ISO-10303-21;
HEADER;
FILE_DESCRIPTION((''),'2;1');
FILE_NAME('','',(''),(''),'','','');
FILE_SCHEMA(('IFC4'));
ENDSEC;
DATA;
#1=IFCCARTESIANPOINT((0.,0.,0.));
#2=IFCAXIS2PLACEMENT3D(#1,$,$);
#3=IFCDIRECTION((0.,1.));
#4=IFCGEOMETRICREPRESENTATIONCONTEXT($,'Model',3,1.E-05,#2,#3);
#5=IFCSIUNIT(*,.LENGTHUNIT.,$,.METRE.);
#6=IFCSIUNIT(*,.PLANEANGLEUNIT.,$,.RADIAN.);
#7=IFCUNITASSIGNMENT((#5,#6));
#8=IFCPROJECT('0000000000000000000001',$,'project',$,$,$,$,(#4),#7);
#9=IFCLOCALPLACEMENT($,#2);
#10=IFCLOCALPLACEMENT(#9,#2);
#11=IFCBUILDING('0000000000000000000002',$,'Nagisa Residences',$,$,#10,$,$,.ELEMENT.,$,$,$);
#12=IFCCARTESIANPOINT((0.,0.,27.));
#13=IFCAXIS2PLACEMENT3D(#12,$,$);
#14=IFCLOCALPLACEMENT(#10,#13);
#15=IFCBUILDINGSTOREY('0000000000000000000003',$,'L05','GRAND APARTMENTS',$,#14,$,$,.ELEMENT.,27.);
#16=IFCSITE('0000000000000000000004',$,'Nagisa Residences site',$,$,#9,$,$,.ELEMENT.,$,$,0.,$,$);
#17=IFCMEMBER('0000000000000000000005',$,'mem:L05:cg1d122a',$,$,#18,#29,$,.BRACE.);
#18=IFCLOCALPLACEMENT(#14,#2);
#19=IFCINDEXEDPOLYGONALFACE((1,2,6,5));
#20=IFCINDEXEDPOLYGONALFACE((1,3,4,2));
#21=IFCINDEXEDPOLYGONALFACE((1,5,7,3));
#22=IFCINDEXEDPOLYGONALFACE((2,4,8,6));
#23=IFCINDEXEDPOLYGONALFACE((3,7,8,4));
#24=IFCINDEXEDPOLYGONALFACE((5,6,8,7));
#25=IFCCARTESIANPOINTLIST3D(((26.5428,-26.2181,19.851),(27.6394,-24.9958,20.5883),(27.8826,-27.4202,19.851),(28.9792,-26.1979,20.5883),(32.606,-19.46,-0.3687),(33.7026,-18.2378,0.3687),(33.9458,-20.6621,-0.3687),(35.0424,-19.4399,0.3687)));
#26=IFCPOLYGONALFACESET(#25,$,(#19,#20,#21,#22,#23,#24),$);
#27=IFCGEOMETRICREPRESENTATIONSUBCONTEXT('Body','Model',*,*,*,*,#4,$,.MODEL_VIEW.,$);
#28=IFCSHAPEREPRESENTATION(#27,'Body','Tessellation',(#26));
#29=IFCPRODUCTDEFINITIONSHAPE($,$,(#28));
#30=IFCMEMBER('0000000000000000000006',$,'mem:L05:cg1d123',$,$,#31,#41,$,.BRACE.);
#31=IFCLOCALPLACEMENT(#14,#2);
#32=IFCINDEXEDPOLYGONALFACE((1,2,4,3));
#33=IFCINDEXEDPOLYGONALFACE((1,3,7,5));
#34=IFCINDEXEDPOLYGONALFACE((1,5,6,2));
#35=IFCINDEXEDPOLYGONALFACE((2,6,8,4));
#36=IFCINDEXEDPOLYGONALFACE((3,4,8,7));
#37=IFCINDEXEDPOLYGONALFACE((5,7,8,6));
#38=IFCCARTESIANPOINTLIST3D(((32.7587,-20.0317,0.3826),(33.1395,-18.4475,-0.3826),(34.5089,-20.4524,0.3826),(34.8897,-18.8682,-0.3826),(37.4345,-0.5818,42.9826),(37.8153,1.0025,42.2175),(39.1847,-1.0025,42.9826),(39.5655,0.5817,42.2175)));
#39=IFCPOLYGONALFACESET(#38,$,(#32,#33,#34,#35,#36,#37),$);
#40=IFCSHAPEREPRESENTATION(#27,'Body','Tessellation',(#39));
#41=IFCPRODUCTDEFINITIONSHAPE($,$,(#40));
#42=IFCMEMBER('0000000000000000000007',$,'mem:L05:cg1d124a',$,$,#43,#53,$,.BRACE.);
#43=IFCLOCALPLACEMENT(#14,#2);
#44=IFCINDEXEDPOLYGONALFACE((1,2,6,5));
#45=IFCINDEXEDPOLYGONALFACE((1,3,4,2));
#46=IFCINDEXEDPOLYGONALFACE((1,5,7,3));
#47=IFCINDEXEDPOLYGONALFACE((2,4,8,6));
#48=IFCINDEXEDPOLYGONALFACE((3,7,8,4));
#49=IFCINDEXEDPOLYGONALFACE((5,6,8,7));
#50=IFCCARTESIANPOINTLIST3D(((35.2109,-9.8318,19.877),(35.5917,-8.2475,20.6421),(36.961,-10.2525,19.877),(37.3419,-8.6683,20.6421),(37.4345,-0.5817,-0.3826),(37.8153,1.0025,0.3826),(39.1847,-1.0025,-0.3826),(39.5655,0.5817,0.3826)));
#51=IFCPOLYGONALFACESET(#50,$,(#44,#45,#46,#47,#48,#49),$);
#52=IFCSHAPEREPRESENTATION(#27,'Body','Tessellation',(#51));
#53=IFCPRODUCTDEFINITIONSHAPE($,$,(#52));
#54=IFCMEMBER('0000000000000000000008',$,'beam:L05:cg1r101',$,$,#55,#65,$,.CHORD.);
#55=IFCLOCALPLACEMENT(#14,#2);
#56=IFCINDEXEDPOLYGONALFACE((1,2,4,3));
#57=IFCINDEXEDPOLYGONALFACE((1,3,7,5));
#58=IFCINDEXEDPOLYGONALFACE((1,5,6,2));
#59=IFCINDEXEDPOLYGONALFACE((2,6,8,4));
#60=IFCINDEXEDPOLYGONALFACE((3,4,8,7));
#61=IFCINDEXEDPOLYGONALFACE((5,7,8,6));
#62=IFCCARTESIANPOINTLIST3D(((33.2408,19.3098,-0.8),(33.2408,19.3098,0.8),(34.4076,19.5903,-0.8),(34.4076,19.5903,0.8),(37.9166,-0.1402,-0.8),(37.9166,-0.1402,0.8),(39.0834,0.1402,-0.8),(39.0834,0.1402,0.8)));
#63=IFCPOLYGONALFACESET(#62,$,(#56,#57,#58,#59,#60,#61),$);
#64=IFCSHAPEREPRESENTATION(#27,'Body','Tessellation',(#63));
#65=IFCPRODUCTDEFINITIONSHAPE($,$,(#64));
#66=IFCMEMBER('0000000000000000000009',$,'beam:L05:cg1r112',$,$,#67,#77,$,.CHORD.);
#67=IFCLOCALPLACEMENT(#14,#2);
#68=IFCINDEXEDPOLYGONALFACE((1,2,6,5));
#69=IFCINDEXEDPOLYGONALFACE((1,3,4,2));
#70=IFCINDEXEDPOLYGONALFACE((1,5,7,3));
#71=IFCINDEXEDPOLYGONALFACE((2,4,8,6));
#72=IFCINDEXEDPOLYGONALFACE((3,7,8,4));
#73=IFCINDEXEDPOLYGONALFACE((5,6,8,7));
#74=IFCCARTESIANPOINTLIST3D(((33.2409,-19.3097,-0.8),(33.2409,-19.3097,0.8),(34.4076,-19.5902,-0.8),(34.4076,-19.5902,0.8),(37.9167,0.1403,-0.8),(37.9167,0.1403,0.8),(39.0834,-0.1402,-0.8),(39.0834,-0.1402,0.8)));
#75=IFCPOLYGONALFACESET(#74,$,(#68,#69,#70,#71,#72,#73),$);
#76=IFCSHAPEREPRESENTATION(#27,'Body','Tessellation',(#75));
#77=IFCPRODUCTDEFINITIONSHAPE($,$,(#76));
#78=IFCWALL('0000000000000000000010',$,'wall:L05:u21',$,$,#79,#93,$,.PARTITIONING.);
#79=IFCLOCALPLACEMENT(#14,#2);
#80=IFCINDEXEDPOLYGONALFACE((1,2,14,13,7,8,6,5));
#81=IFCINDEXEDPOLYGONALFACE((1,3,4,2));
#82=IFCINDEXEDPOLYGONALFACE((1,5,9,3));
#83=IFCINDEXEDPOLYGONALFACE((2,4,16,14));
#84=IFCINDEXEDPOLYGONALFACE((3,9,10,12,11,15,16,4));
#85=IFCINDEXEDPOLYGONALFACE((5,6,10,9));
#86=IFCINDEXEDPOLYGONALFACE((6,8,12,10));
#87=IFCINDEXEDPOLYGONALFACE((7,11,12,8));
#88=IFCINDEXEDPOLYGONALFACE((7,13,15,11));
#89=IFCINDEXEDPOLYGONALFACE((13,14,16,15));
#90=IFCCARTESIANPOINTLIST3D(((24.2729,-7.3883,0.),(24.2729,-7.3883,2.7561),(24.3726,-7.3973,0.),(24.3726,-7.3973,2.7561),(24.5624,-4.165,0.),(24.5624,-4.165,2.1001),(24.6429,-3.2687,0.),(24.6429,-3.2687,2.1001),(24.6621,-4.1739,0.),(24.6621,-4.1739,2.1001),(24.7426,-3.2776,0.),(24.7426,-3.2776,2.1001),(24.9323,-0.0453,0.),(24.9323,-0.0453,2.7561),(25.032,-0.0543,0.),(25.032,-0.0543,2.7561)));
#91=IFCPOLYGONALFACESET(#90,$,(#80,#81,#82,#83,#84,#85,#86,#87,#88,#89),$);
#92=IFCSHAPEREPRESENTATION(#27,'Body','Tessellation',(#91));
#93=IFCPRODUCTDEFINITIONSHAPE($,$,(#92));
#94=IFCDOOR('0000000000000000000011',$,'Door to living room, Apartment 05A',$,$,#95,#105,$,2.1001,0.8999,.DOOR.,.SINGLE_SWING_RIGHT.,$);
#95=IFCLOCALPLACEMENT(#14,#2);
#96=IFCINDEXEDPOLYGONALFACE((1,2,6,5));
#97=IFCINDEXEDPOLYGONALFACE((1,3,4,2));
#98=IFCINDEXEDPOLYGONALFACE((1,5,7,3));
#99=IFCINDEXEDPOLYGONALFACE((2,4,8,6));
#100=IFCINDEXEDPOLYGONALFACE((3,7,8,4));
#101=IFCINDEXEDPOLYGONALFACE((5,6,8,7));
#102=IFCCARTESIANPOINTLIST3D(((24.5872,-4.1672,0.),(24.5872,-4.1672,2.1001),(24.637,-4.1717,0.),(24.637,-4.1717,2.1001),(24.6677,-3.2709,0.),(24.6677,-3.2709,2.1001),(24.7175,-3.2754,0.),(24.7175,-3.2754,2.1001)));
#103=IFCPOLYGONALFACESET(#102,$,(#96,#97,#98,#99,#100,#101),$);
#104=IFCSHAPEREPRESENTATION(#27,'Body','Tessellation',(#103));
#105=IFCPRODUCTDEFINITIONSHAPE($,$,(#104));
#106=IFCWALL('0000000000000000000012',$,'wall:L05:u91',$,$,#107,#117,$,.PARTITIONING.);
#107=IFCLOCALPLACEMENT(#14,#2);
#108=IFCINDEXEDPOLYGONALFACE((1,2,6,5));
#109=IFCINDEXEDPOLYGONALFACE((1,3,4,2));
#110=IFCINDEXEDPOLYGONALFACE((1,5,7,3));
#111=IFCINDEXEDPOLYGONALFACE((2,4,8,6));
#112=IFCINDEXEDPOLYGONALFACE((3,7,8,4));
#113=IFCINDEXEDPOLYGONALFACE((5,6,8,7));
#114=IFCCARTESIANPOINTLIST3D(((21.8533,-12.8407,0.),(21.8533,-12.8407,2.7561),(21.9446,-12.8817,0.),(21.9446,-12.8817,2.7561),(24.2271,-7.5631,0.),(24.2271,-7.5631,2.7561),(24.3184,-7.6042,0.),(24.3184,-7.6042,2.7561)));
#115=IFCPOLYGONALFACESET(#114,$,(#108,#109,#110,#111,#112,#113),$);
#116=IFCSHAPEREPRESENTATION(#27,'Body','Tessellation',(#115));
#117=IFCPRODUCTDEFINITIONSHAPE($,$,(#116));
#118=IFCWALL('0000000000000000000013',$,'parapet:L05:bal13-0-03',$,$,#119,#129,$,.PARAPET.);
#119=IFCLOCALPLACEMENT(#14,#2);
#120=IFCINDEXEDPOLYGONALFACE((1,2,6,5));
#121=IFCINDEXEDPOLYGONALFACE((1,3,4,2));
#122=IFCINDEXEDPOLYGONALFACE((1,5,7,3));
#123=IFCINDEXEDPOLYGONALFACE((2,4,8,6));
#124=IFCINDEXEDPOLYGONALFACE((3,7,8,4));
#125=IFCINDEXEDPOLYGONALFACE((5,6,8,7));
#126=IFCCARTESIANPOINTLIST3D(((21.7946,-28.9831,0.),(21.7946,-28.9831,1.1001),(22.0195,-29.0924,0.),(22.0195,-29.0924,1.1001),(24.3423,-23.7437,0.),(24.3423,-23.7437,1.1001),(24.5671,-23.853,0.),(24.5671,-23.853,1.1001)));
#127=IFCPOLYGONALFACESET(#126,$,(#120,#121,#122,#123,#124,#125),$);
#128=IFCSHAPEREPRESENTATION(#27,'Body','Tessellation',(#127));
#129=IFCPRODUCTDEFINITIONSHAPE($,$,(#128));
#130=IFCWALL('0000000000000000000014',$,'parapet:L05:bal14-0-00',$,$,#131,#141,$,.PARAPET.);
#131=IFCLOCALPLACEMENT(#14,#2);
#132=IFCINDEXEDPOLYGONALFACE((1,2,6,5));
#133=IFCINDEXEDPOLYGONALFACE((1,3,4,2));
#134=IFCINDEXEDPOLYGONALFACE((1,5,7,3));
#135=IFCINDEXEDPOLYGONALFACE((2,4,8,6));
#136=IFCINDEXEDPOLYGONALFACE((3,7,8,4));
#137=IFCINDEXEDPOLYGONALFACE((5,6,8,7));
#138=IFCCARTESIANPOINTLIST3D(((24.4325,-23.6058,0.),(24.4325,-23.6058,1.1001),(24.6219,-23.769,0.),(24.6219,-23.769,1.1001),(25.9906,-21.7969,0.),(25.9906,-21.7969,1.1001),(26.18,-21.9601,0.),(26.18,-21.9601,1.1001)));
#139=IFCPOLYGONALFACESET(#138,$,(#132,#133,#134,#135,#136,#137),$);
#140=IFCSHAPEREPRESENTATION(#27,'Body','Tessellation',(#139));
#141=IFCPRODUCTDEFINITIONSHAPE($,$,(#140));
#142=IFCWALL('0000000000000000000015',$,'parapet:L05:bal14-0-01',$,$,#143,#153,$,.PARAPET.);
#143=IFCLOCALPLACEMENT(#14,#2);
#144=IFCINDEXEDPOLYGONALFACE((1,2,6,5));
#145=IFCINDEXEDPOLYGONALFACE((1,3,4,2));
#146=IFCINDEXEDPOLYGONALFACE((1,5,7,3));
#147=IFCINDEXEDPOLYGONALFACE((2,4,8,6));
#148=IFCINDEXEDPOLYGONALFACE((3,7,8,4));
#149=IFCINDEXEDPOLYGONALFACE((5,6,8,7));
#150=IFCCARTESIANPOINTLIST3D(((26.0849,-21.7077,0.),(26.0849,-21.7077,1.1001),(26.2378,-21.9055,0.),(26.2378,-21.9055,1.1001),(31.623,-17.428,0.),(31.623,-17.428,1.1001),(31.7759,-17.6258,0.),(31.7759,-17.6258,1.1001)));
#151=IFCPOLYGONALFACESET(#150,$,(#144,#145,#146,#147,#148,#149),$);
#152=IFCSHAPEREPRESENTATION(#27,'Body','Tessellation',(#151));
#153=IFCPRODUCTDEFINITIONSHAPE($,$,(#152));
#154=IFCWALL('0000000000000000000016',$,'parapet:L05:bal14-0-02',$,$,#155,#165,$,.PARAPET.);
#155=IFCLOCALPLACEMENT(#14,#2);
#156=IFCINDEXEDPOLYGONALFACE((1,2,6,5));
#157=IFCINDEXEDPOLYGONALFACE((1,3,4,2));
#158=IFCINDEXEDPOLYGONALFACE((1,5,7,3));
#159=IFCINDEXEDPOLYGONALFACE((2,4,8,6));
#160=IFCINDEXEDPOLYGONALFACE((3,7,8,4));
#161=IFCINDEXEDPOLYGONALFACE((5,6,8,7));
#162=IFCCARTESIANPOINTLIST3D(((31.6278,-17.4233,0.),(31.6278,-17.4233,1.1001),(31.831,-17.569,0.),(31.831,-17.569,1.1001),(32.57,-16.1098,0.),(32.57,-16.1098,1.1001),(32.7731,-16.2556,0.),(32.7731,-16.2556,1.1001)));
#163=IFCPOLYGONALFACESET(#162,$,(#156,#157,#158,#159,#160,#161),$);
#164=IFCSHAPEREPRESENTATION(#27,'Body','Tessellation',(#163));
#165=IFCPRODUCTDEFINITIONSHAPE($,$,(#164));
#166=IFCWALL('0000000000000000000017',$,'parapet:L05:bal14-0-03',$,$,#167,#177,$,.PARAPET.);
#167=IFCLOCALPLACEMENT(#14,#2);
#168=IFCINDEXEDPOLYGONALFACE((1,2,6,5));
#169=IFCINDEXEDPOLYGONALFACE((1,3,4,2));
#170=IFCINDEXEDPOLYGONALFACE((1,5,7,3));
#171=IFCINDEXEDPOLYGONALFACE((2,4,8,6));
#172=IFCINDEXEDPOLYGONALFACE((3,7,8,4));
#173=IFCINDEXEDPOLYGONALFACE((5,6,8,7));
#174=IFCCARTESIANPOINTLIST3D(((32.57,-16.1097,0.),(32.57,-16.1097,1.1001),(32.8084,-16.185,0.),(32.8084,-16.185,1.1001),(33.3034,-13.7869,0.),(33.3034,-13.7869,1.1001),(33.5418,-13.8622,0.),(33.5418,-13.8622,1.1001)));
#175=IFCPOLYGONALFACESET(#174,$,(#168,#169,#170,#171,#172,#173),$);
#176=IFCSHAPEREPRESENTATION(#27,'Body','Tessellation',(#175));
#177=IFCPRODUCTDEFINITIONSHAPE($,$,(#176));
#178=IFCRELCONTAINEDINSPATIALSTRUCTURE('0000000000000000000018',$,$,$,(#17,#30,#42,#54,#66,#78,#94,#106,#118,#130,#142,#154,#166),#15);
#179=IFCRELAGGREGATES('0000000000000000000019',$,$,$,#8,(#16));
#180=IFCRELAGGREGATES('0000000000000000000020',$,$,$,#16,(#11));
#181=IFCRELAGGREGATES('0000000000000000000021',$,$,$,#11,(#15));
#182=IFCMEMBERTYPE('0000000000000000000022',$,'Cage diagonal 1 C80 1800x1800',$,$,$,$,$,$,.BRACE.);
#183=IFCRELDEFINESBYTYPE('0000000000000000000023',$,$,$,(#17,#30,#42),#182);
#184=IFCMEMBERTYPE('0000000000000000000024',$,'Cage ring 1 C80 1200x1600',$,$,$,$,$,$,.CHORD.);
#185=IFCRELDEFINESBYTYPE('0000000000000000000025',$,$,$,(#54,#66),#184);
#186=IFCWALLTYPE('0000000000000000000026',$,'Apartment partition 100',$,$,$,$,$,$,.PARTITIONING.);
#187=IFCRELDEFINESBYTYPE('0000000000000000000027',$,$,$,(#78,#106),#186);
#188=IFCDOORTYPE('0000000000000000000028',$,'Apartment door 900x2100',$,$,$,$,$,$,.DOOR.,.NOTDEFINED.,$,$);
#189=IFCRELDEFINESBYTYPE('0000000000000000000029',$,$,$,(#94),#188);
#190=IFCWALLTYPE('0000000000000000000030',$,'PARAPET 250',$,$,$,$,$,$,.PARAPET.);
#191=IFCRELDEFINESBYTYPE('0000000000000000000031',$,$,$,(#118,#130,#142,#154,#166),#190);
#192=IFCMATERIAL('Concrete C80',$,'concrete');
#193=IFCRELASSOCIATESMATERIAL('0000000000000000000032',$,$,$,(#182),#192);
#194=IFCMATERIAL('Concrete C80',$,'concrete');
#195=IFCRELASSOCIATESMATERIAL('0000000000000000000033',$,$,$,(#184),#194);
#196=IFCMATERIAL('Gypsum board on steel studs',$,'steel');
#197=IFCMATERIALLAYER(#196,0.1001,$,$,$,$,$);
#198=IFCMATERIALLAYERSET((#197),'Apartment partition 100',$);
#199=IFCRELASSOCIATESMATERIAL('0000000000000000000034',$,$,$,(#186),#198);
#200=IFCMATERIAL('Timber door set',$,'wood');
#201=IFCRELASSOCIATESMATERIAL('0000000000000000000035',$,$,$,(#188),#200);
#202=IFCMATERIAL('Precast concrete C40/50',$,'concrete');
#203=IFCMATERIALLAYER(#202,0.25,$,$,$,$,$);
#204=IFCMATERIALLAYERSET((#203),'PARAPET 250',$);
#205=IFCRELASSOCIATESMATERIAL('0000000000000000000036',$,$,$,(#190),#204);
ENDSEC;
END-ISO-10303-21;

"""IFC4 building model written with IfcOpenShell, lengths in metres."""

from ifc_helpers import new_model, si_unit, direction, frame, frame_2d, origin, origin_2d, place, context, subcontext, project, spatial, rectangle, extrude, material, layer, layer_set, material_profile, profile_set, type_object, element, fill, save


model = new_model("IFC4")

# Units and contexts
model_context = context("Model", 3, precision=1e-05, world=origin(), true_north=direction((0.0, 1.0)))
body_context = subcontext(model_context, "Body", "Model", "MODEL_VIEW")
ifc_project = project(units=[si_unit("LENGTHUNIT", "METRE"), si_unit("PLANEANGLEUNIT", "RADIAN")], contexts=[model_context])

# Site, building, storey
site_placement = place(None, origin())
site = spatial("IfcSite", under=ifc_project, at=site_placement, Name="Nagisa Residences site", CompositionType="ELEMENT", RefElevation=0.0)
building_placement = place(site_placement, origin())
building = spatial("IfcBuilding", under=site, at=building_placement, Name="Nagisa Residences", CompositionType="ELEMENT")
storey_placement = place(building_placement, frame((0.0, 0.0, 27.0)))
storey = spatial("IfcBuildingStorey", under=building, at=storey_placement, Name="L05", Description="GRAND APARTMENTS", CompositionType="ELEMENT", Elevation=27.0)

# Members
ifc_material_1 = material(Name="Concrete C80", Category="concrete")
ifc_material_profile_1 = material_profile(ifc_material_1, rectangle(XDim=1.8, YDim=1.8, at=origin_2d()), Name="C80 1800x1800")
ifc_profile_set_1 = profile_set([ifc_material_profile_1], Name="Concrete C80")
member_type_1 = type_object("IfcMemberType", Name="Cage diagonal 1 C80 1800x1800", PredefinedType="BRACE", material=ifc_profile_set_1)
member_1_placement = place(storey_placement, frame((33.8242, -19.45, 0.0), z_axis=(-0.273554, -0.304903, 0.912251), x_axis=(0.744335, -0.667807, 0.0)))
element("IfcMember", 1, at=member_1_placement, inside=storey, type_object=member_type_1, Name="mem:L05:cg1d122a", PredefinedType="BRACE", context=body_context, shape_type="SweptSolid", body=[
    extrude(rectangle(XDim=1.8, YDim=1.8, at=origin_2d()), origin(), (0.0, 0.0, 1.0), 22.1646),
])
member_2_placement = place(storey_placement, frame((33.8242, -19.45, 0.0), z_axis=(0.099351, 0.413274, 0.905171), x_axis=(-0.972299, 0.233741, 0.0)))
element("IfcMember", 2, at=member_2_placement, inside=storey, type_object=member_type_1, Name="mem:L05:cg1d123", PredefinedType="BRACE", context=body_context, shape_type="SweptSolid", body=[
    extrude(rectangle(XDim=1.8, YDim=1.8, at=origin_2d()), origin(), (0.0, 0.0, 1.0), 47.063),
])
member_3_placement = place(storey_placement, frame((38.5, 0.0, 0.0), z_axis=(-0.099349, -0.413278, 0.905169), x_axis=(0.972301, -0.233734, 0.0)))
element("IfcMember", 3, at=member_3_placement, inside=storey, type_object=member_type_1, Name="mem:L05:cg1d124a", PredefinedType="BRACE", context=body_context, shape_type="SweptSolid", body=[
    extrude(rectangle(XDim=1.8, YDim=1.8, at=origin_2d()), origin(), (0.0, 0.0, 1.0), 22.3821),
])
ifc_material_2 = material(Name="Concrete C80", Category="concrete")
ifc_material_profile_2 = material_profile(ifc_material_2, rectangle(XDim=1.2, YDim=1.6001, at=origin_2d()), Name="C80 1200x1600")
ifc_profile_set_2 = profile_set([ifc_material_profile_2], Name="Concrete C80")
member_type_2 = type_object("IfcMemberType", Name="Cage ring 1 C80 1200x1600", PredefinedType="CHORD", material=ifc_profile_set_2)
for number, where, z_axis, x_axis, name in (
    (4, (38.5, 0.0, 0.0), (-0.233741, 0.972299, 0.0), (-0.972299, -0.233741, 0.0), "beam:L05:cg1r101"),
    (5, (33.8242, -19.45, 0.0), (0.233741, 0.972299, 0.0), (-0.972299, 0.233741, 0.0), "beam:L05:cg1r112"),
):
    element("IfcMember", number, at=place(storey_placement, frame(where, z_axis=z_axis, x_axis=x_axis)), inside=storey, type_object=member_type_2, Name=name, PredefinedType="CHORD", context=body_context, shape_type="SweptSolid", body=[
        extrude(rectangle(XDim=1.2, YDim=1.6001, at=origin_2d()), origin(), (0.0, 0.0, 1.0), 20.0042),
    ])

# Wall, opening, door
ifc_material_3 = material(Name="Gypsum board on steel studs", Category="steel")
ifc_layer_1 = layer(ifc_material_3, 0.1001)
ifc_layer_set_1 = layer_set([ifc_layer_1], Name="Apartment partition 100")
wall_type_1 = type_object("IfcWallType", Name="Apartment partition 100", PredefinedType="PARTITIONING", material=ifc_layer_set_1)
wall_1_placement = place(storey_placement, frame((24.9822, -0.0498, 0.0), z_axis=(0.0, 0.0, 1.0), x_axis=(-0.089443, -0.995992, 0.0)))
wall_1 = element("IfcWall", 6, at=wall_1_placement, inside=storey, type_object=wall_type_1, Name="wall:L05:u21", PredefinedType="PARTITIONING", context=body_context, shape_type="SweptSolid", body=[
    extrude(rectangle(XDim=7.3726, YDim=0.1001, at=frame_2d((3.6863, 0.0))), origin(), (0.0, 0.0, 1.0), 2.7561),
])
opening_1_placement = place(wall_1_placement, frame((3.2363, 0.0, 0.0)))
opening_1 = element("IfcOpeningElement", 7, at=opening_1_placement, cuts=wall_1, PredefinedType="OPENING", context=body_context, shape_type="SweptSolid", body=[
    extrude(rectangle(XDim=0.8999, YDim=2.1001, at=frame_2d((0.45, 1.05))), frame((0.0, 0.0601, 0.0), z_axis=(0.0, -1.0, 0.0), x_axis=(1.0, 0.0, 0.0)), (0.0, 0.0, 1.0), 0.1201),
])
ifc_material_4 = material(Name="Timber door set", Category="wood")
door_type_1 = type_object("IfcDoorType", Name="Apartment door 900x2100", OperationType="NOTDEFINED", PredefinedType="DOOR", material=ifc_material_4)
door_1_placement = place(opening_1_placement, origin())
door_1 = element("IfcDoor", 8, at=door_1_placement, inside=storey, type_object=door_type_1, Name="Door to living room, Apartment 05A", OperationType="SINGLE_SWING_RIGHT", OverallHeight=2.1001, OverallWidth=0.8999, PredefinedType="DOOR", context=body_context, shape_type="SweptSolid", body=[
    extrude(rectangle(XDim=0.8999, YDim=2.1001, at=frame_2d((0.45, 1.05))), frame((0.0, 0.0249, 0.0), z_axis=(0.0, -1.0, 0.0), x_axis=(1.0, 0.0, 0.0)), (0.0, 0.0, 1.0), 0.05),
])
fill(opening_1, door_1)

# Wall
wall_2_placement = place(storey_placement, frame((21.8989, -12.8613, 0.0), z_axis=(0.0, 0.0, 1.0), x_axis=(0.410202, 0.911995, 0.0)))
element("IfcWall", 9, at=wall_2_placement, inside=storey, type_object=wall_type_1, Name="wall:L05:u91", PredefinedType="PARTITIONING", context=body_context, shape_type="SweptSolid", body=[
    extrude(rectangle(XDim=5.7869, YDim=0.1001, at=frame_2d((2.8936, 0.0))), origin(), (0.0, 0.0, 1.0), 2.7561),
])

# Walls
ifc_material_5 = material(Name="Precast concrete C40/50", Category="concrete")
ifc_layer_2 = layer(ifc_material_5, 0.25)
ifc_layer_set_2 = layer_set([ifc_layer_2], Name="PARAPET 250")
wall_type_2 = type_object("IfcWallType", Name="PARAPET 250", PredefinedType="PARAPET", material=ifc_layer_set_2)
wall_3_placement = place(storey_placement, frame((21.907, -29.0378, 0.0), z_axis=(0.0, 0.0, 1.0), x_axis=(0.437296, 0.899317, 0.0)))
element("IfcWall", 10, at=wall_3_placement, inside=storey, type_object=wall_type_2, Name="parapet:L05:bal13-0-03", PredefinedType="PARAPET", context=body_context, shape_type="SweptSolid", body=[
    extrude(rectangle(XDim=5.8259, YDim=0.25, at=frame_2d((2.9131, 0.0))), origin(), (0.0, 0.0, 1.0), 1.1001),
])
wall_4_placement = place(storey_placement, frame((24.5271, -23.6875, 0.0), z_axis=(0.0, 0.0, 1.0), x_axis=(0.652642, 0.757666, 0.0)))
element("IfcWall", 11, at=wall_4_placement, inside=storey, type_object=wall_type_2, Name="parapet:L05:bal14-0-00", PredefinedType="PARAPET", context=body_context, shape_type="SweptSolid", body=[
    extrude(rectangle(XDim=2.3875, YDim=0.25, at=frame_2d((1.1938, 0.0))), origin(), (0.0, 0.0, 1.0), 1.1001),
])
wall_5_placement = place(storey_placement, frame((26.1614, -21.8066, 0.0), z_axis=(0.0, 0.0, 1.0), x_axis=(0.79126, 0.611479, 0.0)))
element("IfcWall", 12, at=wall_5_placement, inside=storey, type_object=wall_type_2, Name="parapet:L05:bal14-0-01", PredefinedType="PARAPET", context=body_context, shape_type="SweptSolid", body=[
    extrude(rectangle(XDim=6.999, YDim=0.25, at=frame_2d((3.4995, 0.0))), origin(), (0.0, 0.0, 1.0), 1.1001),
])
wall_6_placement = place(storey_placement, frame((31.7295, -17.4961, 0.0), z_axis=(0.0, 0.0, 1.0), x_axis=(0.582852, 0.812579, 0.0)))
element("IfcWall", 13, at=wall_6_placement, inside=storey, type_object=wall_type_2, Name="parapet:L05:bal14-0-02", PredefinedType="PARAPET", context=body_context, shape_type="SweptSolid", body=[
    extrude(rectangle(XDim=1.6165, YDim=0.25, at=frame_2d((0.8081, 0.0))), origin(), (0.0, 0.0, 1.0), 1.1001),
])
wall_7_placement = place(storey_placement, frame((32.6892, -16.1472, 0.0), z_axis=(0.0, 0.0, 1.0), x_axis=(0.301093, 0.953595, 0.0)))
element("IfcWall", 14, at=wall_7_placement, inside=storey, type_object=wall_type_2, Name="parapet:L05:bal14-0-03", PredefinedType="PARAPET", context=body_context, shape_type="SweptSolid", body=[
    extrude(rectangle(XDim=2.4358, YDim=0.25, at=frame_2d((1.2178, 0.0))), origin(), (0.0, 0.0, 1.0), 1.1001),
])

save(model, "model.ifc")
